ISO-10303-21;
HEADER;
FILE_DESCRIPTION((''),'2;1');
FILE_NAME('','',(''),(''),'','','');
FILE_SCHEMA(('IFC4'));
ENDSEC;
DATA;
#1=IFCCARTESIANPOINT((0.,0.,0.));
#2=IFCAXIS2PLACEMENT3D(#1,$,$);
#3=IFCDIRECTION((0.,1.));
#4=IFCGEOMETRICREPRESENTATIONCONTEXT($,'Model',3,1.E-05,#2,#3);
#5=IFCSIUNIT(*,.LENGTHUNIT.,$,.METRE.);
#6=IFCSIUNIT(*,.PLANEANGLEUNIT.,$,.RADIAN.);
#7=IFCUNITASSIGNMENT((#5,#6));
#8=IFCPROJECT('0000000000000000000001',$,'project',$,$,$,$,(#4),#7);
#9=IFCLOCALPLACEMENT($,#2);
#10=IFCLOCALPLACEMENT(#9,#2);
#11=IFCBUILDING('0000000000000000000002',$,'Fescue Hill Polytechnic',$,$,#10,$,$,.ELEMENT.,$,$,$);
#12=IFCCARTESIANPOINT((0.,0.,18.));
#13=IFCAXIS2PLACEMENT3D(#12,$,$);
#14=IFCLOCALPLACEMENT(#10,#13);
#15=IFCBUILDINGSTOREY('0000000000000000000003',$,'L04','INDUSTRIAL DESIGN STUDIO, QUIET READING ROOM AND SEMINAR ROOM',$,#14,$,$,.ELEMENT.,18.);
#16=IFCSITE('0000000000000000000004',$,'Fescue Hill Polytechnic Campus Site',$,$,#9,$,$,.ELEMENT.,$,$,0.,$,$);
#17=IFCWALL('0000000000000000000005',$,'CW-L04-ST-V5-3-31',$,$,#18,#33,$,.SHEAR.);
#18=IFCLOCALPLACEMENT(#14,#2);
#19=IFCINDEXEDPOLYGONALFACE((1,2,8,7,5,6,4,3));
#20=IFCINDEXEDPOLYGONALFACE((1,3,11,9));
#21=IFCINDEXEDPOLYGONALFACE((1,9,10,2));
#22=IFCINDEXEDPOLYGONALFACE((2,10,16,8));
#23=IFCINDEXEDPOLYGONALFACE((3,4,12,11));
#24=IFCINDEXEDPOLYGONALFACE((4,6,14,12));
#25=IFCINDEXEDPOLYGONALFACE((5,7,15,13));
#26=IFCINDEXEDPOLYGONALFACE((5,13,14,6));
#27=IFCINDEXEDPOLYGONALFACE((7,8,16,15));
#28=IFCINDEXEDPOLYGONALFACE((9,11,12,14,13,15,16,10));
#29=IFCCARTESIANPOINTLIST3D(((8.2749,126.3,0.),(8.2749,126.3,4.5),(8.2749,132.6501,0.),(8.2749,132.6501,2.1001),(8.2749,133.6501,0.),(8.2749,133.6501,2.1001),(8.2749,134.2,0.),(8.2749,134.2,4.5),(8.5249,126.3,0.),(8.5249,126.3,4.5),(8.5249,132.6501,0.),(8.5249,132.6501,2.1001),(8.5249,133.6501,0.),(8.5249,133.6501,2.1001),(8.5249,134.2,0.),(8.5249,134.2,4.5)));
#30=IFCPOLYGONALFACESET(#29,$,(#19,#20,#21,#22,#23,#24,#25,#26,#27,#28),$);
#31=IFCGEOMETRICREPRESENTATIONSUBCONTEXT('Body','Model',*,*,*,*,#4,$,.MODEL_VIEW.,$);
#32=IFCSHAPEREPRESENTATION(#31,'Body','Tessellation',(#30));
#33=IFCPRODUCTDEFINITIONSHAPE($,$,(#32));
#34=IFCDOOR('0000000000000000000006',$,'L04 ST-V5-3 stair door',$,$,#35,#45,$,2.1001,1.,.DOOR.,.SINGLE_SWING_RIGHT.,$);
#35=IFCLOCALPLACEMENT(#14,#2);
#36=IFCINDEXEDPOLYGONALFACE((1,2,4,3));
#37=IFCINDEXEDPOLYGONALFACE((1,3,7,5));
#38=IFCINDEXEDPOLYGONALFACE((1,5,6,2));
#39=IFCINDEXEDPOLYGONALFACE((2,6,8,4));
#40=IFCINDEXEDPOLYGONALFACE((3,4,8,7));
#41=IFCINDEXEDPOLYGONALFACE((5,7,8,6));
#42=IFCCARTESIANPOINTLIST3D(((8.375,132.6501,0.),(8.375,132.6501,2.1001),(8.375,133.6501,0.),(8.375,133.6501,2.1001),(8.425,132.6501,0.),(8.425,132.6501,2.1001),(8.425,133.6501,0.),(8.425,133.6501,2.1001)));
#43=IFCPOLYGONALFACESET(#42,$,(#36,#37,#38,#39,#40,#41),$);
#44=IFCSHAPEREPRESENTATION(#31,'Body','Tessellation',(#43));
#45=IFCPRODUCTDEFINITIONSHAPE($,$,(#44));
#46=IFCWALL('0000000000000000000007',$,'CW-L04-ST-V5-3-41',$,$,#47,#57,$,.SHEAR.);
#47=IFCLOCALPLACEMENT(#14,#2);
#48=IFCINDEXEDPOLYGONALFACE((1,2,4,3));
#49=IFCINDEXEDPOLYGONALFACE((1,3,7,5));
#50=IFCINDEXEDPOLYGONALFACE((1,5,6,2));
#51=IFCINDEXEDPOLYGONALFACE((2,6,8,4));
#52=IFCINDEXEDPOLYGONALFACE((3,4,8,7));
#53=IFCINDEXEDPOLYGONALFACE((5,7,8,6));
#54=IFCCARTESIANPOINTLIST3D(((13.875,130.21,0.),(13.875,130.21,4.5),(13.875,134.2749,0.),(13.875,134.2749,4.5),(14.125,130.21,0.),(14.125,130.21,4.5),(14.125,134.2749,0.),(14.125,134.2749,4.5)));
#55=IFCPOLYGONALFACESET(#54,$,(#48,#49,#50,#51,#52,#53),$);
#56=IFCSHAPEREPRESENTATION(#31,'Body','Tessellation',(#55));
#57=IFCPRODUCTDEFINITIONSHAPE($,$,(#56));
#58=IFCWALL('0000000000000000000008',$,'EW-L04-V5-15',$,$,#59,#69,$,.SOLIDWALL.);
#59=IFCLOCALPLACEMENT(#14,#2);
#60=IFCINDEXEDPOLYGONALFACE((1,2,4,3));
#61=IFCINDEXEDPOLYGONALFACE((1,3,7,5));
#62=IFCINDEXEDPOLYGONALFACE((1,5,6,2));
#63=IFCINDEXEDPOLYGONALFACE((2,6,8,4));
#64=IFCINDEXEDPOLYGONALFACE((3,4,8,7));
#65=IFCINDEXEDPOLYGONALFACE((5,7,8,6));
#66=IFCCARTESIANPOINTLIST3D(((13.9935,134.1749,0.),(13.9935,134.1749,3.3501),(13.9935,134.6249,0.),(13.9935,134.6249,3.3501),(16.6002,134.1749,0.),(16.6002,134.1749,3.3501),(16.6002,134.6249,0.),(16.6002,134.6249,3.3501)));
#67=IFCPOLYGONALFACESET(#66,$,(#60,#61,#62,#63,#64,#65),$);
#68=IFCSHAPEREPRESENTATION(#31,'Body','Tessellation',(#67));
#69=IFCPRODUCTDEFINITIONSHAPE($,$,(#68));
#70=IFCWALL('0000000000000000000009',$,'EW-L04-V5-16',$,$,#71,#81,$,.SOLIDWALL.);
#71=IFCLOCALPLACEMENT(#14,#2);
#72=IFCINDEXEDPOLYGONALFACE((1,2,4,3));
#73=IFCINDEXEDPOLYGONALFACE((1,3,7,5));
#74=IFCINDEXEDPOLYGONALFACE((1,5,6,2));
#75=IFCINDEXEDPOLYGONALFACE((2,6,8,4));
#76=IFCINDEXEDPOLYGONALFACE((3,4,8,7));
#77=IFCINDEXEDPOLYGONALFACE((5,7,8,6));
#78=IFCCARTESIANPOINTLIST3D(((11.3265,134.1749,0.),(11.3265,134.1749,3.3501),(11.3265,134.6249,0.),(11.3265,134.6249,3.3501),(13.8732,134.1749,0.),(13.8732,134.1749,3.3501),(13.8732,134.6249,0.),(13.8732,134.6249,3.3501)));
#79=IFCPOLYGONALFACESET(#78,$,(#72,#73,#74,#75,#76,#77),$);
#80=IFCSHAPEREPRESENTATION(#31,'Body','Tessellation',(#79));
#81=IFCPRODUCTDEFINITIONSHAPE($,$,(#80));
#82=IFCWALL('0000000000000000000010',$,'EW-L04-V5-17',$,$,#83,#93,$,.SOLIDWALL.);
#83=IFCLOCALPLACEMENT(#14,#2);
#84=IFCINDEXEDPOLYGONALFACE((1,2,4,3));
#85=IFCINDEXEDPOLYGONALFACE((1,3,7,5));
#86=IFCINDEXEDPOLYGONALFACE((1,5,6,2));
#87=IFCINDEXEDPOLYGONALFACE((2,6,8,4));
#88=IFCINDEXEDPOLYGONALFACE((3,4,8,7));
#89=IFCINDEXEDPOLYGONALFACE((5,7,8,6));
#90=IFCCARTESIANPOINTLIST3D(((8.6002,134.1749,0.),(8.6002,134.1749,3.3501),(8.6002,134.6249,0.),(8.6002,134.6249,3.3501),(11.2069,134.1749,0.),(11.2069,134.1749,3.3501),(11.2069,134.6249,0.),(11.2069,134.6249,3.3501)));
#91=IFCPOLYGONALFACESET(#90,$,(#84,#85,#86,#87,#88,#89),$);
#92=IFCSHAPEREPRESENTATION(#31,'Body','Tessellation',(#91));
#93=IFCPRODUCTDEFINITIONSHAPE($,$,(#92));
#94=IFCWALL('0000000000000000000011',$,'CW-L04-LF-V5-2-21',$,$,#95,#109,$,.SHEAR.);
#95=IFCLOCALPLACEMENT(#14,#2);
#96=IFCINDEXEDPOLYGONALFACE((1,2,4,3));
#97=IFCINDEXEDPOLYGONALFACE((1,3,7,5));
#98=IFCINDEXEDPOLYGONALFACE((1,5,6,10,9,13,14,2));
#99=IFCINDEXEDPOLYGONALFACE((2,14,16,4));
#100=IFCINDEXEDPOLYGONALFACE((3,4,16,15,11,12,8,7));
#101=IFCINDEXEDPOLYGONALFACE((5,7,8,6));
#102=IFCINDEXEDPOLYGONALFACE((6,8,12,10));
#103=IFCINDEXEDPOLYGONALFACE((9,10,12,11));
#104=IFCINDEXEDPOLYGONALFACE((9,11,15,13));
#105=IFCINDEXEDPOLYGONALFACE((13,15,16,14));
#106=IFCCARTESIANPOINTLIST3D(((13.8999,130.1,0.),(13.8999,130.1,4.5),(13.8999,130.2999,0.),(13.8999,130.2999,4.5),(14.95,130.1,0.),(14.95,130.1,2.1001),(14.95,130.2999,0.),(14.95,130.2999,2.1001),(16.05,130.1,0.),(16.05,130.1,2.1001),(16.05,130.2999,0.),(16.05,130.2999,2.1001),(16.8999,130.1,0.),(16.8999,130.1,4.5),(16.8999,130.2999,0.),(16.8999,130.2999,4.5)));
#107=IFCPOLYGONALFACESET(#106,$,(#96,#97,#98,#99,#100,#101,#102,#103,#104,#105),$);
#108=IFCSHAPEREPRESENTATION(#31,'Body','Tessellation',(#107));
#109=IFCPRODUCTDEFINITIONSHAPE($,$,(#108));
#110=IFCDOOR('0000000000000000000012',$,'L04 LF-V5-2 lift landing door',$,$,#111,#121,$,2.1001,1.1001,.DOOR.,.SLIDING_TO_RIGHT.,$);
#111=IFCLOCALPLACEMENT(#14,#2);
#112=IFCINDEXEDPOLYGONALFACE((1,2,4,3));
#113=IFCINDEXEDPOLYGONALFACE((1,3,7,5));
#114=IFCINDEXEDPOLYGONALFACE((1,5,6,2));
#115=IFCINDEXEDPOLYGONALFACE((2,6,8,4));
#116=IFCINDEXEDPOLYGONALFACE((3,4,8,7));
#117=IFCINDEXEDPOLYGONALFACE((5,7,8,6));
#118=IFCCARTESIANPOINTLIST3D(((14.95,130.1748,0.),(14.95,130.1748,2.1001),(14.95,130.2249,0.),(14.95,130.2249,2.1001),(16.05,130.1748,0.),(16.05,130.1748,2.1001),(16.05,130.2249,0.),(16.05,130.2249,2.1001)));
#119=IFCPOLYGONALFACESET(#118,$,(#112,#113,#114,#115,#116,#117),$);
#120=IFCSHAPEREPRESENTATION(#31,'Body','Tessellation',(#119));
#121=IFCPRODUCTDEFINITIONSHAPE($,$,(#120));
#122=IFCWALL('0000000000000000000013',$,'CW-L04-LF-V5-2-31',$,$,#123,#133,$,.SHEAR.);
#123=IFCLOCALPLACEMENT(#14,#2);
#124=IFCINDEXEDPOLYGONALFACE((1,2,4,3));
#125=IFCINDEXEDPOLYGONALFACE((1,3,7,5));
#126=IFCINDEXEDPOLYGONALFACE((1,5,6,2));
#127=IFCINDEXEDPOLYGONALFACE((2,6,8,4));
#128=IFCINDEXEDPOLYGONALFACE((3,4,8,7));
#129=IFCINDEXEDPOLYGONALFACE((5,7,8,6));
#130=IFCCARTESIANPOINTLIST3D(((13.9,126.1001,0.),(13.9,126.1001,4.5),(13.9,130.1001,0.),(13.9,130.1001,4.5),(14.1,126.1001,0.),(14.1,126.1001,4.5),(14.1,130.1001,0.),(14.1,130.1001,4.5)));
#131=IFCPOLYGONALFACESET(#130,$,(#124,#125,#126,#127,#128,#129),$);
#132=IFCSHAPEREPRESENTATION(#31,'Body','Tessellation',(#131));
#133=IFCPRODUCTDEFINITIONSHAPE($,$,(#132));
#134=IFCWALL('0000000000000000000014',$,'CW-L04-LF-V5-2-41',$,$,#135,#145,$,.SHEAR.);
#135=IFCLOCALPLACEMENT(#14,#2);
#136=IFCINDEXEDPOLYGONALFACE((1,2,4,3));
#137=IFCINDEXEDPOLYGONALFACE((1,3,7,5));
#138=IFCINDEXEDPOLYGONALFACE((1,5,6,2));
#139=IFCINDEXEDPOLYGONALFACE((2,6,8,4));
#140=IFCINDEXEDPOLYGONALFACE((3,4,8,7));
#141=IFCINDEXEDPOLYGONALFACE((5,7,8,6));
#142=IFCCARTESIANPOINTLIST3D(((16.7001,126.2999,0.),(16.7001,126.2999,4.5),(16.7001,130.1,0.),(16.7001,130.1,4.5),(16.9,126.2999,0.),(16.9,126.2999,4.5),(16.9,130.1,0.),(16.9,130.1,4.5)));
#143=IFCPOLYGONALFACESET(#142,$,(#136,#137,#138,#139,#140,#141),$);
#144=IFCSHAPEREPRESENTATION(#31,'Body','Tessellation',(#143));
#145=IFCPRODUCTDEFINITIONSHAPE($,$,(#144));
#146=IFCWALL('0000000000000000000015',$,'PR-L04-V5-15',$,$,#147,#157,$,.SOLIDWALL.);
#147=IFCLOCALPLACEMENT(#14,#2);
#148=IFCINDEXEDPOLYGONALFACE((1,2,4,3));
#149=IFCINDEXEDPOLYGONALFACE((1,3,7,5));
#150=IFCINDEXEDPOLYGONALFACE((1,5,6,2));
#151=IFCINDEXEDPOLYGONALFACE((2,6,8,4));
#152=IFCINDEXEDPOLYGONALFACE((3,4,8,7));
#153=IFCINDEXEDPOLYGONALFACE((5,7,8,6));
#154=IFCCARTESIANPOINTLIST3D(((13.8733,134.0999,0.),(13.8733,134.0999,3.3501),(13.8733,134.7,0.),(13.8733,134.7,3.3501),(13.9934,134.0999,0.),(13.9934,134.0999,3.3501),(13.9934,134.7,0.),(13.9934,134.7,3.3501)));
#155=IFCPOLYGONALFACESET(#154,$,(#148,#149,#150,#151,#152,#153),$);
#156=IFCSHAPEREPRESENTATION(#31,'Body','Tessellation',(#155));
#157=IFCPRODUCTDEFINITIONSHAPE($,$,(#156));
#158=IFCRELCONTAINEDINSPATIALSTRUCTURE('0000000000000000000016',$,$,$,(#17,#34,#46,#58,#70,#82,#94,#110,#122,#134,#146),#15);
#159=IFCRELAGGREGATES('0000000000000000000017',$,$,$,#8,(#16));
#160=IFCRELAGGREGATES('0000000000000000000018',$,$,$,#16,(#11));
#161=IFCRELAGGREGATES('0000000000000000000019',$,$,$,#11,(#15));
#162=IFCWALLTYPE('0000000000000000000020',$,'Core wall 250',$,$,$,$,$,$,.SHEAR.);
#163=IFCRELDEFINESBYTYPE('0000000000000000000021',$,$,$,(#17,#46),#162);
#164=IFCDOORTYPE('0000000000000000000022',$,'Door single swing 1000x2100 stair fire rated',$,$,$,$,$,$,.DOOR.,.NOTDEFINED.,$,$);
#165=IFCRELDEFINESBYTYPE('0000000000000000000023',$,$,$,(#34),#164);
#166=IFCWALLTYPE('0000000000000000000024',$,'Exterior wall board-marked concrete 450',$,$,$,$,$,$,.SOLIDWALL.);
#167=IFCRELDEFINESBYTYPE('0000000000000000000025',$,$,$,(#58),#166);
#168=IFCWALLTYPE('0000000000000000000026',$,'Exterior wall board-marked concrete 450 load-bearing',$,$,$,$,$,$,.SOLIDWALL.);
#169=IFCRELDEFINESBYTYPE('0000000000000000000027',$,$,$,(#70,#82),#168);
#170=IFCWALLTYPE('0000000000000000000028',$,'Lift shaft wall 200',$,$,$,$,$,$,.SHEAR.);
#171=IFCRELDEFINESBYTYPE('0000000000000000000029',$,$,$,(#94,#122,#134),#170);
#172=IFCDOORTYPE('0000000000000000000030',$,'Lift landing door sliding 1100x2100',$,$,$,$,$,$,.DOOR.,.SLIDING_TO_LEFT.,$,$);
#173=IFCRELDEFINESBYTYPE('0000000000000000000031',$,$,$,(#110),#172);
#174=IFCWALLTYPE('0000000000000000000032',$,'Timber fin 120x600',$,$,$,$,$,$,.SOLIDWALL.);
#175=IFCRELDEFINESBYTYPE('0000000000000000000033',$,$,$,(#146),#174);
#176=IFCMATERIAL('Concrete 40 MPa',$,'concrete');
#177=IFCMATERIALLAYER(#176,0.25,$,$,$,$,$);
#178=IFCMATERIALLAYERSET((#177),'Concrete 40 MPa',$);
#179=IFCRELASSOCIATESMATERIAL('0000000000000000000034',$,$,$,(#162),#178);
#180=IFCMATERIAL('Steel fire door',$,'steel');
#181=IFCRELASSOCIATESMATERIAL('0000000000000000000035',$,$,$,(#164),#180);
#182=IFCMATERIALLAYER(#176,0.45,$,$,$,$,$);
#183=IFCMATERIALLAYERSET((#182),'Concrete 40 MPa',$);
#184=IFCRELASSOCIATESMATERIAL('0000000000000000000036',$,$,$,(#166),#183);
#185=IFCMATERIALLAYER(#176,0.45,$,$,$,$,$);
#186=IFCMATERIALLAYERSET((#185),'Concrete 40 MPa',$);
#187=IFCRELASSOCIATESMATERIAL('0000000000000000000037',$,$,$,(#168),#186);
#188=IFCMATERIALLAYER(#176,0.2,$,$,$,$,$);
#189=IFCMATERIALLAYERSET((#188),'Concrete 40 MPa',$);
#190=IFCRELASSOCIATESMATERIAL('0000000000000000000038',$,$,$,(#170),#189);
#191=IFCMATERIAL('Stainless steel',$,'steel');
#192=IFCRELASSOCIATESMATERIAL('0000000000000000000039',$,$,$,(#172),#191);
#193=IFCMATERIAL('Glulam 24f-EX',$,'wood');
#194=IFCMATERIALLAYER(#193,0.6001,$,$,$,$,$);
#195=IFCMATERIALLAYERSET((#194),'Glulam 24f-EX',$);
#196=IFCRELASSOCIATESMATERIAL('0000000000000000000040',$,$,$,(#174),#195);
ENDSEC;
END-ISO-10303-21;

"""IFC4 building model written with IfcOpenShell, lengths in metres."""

from ifc_helpers import new_model, si_unit, direction, frame, frame_2d, origin, place, context, subcontext, project, spatial, rectangle, extrude, material, layer, layer_set, type_object, element, fill, save


model = new_model("IFC4")

# Units and contexts
model_context = context("Model", 3, precision=1e-05, world=origin(), true_north=direction((0.0, 1.0)))
body_context = subcontext(model_context, "Body", "Model", "MODEL_VIEW")
ifc_project = project(units=[si_unit("LENGTHUNIT", "METRE"), si_unit("PLANEANGLEUNIT", "RADIAN")], contexts=[model_context])

# Site, building, storey
site_placement = place(None, origin())
site = spatial("IfcSite", under=ifc_project, at=site_placement, Name="Fescue Hill Polytechnic Campus Site", CompositionType="ELEMENT", RefElevation=0.0)
building_placement = place(site_placement, origin())
building = spatial("IfcBuilding", under=site, at=building_placement, Name="Fescue Hill Polytechnic", CompositionType="ELEMENT")
storey_placement = place(building_placement, frame((0.0, 0.0, 18.0)))
storey = spatial("IfcBuildingStorey", under=building, at=storey_placement, Name="L04", Description="INDUSTRIAL DESIGN STUDIO, QUIET READING ROOM AND SEMINAR ROOM", CompositionType="ELEMENT", Elevation=18.0)

# Shared definitions
ifc_material_1 = material(Name="Concrete 40 MPa", Category="concrete")

# Wall, opening, door
ifc_layer_1 = layer(ifc_material_1, 0.25)
ifc_layer_set_1 = layer_set([ifc_layer_1], Name="Concrete 40 MPa")
wall_type_1 = type_object("IfcWallType", Name="Core wall 250", PredefinedType="SHEAR", material=ifc_layer_set_1)
wall_1_placement = place(storey_placement, frame((8.3999, 126.3, 0.0), z_axis=(0.0, 0.0, 1.0), x_axis=(0.0, 1.0, 0.0)))
wall_1 = element("IfcWall", 1, at=wall_1_placement, inside=storey, type_object=wall_type_1, Name="CW-L04-ST-V5-3-31", PredefinedType="SHEAR", context=body_context, shape_type="SweptSolid", body=[
    extrude(rectangle(XDim=7.8999, YDim=0.25, at=frame_2d((3.95, 0.0))), origin(), (0.0, 0.0, 1.0), 4.5),
])
opening_1_placement = place(wall_1_placement, frame((6.3501, 0.0, 0.0)))
opening_1 = element("IfcOpeningElement", 2, at=opening_1_placement, cuts=wall_1, PredefinedType="OPENING", context=body_context, shape_type="SweptSolid", body=[
    extrude(rectangle(XDim=1.0, YDim=2.1001, at=frame_2d((0.5, 1.05))), frame((0.0, 0.135, 0.0), z_axis=(0.0, -1.0, 0.0), x_axis=(1.0, 0.0, 0.0)), (0.0, 0.0, 1.0), 0.27),
])
ifc_material_2 = material(Name="Steel fire door", Category="steel")
door_type_1 = type_object("IfcDoorType", Name="Door single swing 1000x2100 stair fire rated", OperationType="NOTDEFINED", PredefinedType="DOOR", material=ifc_material_2)
door_1_placement = place(opening_1_placement, origin())
door_1 = element("IfcDoor", 3, at=door_1_placement, inside=storey, type_object=door_type_1, Name="L04 ST-V5-3 stair door", OperationType="SINGLE_SWING_RIGHT", OverallHeight=2.1001, OverallWidth=1.0, PredefinedType="DOOR", context=body_context, shape_type="SweptSolid", body=[
    extrude(rectangle(XDim=1.0, YDim=2.1001, at=frame_2d((0.5, 1.05))), frame((0.0, 0.0249, 0.0), z_axis=(0.0, -1.0, 0.0), x_axis=(1.0, 0.0, 0.0)), (0.0, 0.0, 1.0), 0.05),
])
fill(opening_1, door_1)

# Walls
wall_2_placement = place(storey_placement, frame((14.0, 130.21, 0.0), z_axis=(0.0, 0.0, 1.0), x_axis=(0.0, 1.0, 0.0)))
element("IfcWall", 4, at=wall_2_placement, inside=storey, type_object=wall_type_1, Name="CW-L04-ST-V5-3-41", PredefinedType="SHEAR", context=body_context, shape_type="SweptSolid", body=[
    extrude(rectangle(XDim=4.0649, YDim=0.25, at=frame_2d((2.0325, 0.0))), origin(), (0.0, 0.0, 1.0), 4.5),
])
ifc_layer_2 = layer(ifc_material_1, 0.45)
ifc_layer_set_2 = layer_set([ifc_layer_2], Name="Concrete 40 MPa")
wall_type_2 = type_object("IfcWallType", Name="Exterior wall board-marked concrete 450", PredefinedType="SOLIDWALL", material=ifc_layer_set_2)
wall_3_placement = place(storey_placement, frame((16.6001, 134.3999, 0.0), z_axis=(0.0, 0.0, 1.0), x_axis=(-1.0, 0.0, 0.0)))
element("IfcWall", 5, at=wall_3_placement, inside=storey, type_object=wall_type_2, Name="EW-L04-V5-15", PredefinedType="SOLIDWALL", context=body_context, shape_type="SweptSolid", body=[
    extrude(rectangle(XDim=2.6067, YDim=0.45, at=frame_2d((1.3032, 0.0))), origin(), (0.0, 0.0, 1.0), 3.3501),
])
ifc_layer_3 = layer(ifc_material_1, 0.45)
ifc_layer_set_3 = layer_set([ifc_layer_3], Name="Concrete 40 MPa")
wall_type_3 = type_object("IfcWallType", Name="Exterior wall board-marked concrete 450 load-bearing", PredefinedType="SOLIDWALL", material=ifc_layer_set_3)
wall_4_placement = place(storey_placement, frame((13.8733, 134.3999, 0.0), z_axis=(0.0, 0.0, 1.0), x_axis=(-1.0, 0.0, 0.0)))
element("IfcWall", 6, at=wall_4_placement, inside=storey, type_object=wall_type_3, Name="EW-L04-V5-16", PredefinedType="SOLIDWALL", context=body_context, shape_type="SweptSolid", body=[
    extrude(rectangle(XDim=2.5466, YDim=0.45, at=frame_2d((1.2734, 0.0))), origin(), (0.0, 0.0, 1.0), 3.3501),
])
wall_5_placement = place(storey_placement, frame((11.2068, 134.3999, 0.0), z_axis=(0.0, 0.0, 1.0), x_axis=(-1.0, 0.0, 0.0)))
element("IfcWall", 7, at=wall_5_placement, inside=storey, type_object=wall_type_3, Name="EW-L04-V5-17", PredefinedType="SOLIDWALL", context=body_context, shape_type="SweptSolid", body=[
    extrude(rectangle(XDim=2.6067, YDim=0.45, at=frame_2d((1.3032, 0.0))), origin(), (0.0, 0.0, 1.0), 3.3501),
])

# Wall, opening, door
ifc_layer_4 = layer(ifc_material_1, 0.2)
ifc_layer_set_4 = layer_set([ifc_layer_4], Name="Concrete 40 MPa")
wall_type_4 = type_object("IfcWallType", Name="Lift shaft wall 200", PredefinedType="SHEAR", material=ifc_layer_set_4)
wall_6_placement = place(storey_placement, frame((13.8999, 130.2, 0.0), z_axis=(0.0, 0.0, 1.0), x_axis=(1.0, 0.0, 0.0)))
wall_6 = element("IfcWall", 8, at=wall_6_placement, inside=storey, type_object=wall_type_4, Name="CW-L04-LF-V5-2-21", PredefinedType="SHEAR", context=body_context, shape_type="SweptSolid", body=[
    extrude(rectangle(XDim=3.0, YDim=0.2, at=frame_2d((1.5, 0.0))), origin(), (0.0, 0.0, 1.0), 4.5),
])
opening_2_placement = place(wall_6_placement, frame((1.05, 0.0, 0.0)))
opening_2 = element("IfcOpeningElement", 9, at=opening_2_placement, cuts=wall_6, PredefinedType="OPENING", context=body_context, shape_type="SweptSolid", body=[
    extrude(rectangle(XDim=1.1001, YDim=2.1001, at=frame_2d((0.55, 1.05))), frame((0.0, 0.1099, 0.0), z_axis=(0.0, -1.0, 0.0), x_axis=(1.0, 0.0, 0.0)), (0.0, 0.0, 1.0), 0.22),
])
ifc_material_3 = material(Name="Stainless steel", Category="steel")
door_type_2 = type_object("IfcDoorType", Name="Lift landing door sliding 1100x2100", OperationType="SLIDING_TO_LEFT", PredefinedType="DOOR", material=ifc_material_3)
door_2_placement = place(opening_2_placement, origin())
door_2 = element("IfcDoor", 10, at=door_2_placement, inside=storey, type_object=door_type_2, Name="L04 LF-V5-2 lift landing door", OperationType="SLIDING_TO_RIGHT", OverallHeight=2.1001, OverallWidth=1.1001, PredefinedType="DOOR", context=body_context, shape_type="SweptSolid", body=[
    extrude(rectangle(XDim=1.1001, YDim=2.1001, at=frame_2d((0.55, 1.05))), frame((0.0, 0.0249, 0.0), z_axis=(0.0, -1.0, 0.0), x_axis=(1.0, 0.0, 0.0)), (0.0, 0.0, 1.0), 0.05),
])
fill(opening_2, door_2)

# Walls
wall_7_placement = place(storey_placement, frame((14.0, 126.1001, 0.0), z_axis=(0.0, 0.0, 1.0), x_axis=(0.0, 1.0, 0.0)))
element("IfcWall", 11, at=wall_7_placement, inside=storey, type_object=wall_type_4, Name="CW-L04-LF-V5-2-31", PredefinedType="SHEAR", context=body_context, shape_type="SweptSolid", body=[
    extrude(rectangle(XDim=4.0, YDim=0.2, at=frame_2d((2.0, 0.0))), origin(), (0.0, 0.0, 1.0), 4.5),
])
wall_8_placement = place(storey_placement, frame((16.8, 126.3, 0.0), z_axis=(0.0, 0.0, 1.0), x_axis=(0.0, 1.0, 0.0)))
element("IfcWall", 12, at=wall_8_placement, inside=storey, type_object=wall_type_4, Name="CW-L04-LF-V5-2-41", PredefinedType="SHEAR", context=body_context, shape_type="SweptSolid", body=[
    extrude(rectangle(XDim=3.8, YDim=0.2, at=frame_2d((1.8999, 0.0))), origin(), (0.0, 0.0, 1.0), 4.5),
])
ifc_material_4 = material(Name="Glulam 24f-EX", Category="wood")
ifc_layer_5 = layer(ifc_material_4, 0.6001)
ifc_layer_set_5 = layer_set([ifc_layer_5], Name="Glulam 24f-EX")
wall_type_5 = type_object("IfcWallType", Name="Timber fin 120x600", PredefinedType="SOLIDWALL", material=ifc_layer_set_5)
wall_9_placement = place(storey_placement, frame((13.9934, 134.3999, 0.0), z_axis=(0.0, 0.0, 1.0), x_axis=(-1.0, 0.0, 0.0)))
element("IfcWall", 13, at=wall_9_placement, inside=storey, type_object=wall_type_5, Name="PR-L04-V5-15", PredefinedType="SOLIDWALL", context=body_context, shape_type="SweptSolid", body=[
    extrude(rectangle(XDim=0.1201, YDim=0.6001, at=frame_2d((0.0601, 0.0))), origin(), (0.0, 0.0, 1.0), 3.3501),
])

save(model, "model.ifc")
